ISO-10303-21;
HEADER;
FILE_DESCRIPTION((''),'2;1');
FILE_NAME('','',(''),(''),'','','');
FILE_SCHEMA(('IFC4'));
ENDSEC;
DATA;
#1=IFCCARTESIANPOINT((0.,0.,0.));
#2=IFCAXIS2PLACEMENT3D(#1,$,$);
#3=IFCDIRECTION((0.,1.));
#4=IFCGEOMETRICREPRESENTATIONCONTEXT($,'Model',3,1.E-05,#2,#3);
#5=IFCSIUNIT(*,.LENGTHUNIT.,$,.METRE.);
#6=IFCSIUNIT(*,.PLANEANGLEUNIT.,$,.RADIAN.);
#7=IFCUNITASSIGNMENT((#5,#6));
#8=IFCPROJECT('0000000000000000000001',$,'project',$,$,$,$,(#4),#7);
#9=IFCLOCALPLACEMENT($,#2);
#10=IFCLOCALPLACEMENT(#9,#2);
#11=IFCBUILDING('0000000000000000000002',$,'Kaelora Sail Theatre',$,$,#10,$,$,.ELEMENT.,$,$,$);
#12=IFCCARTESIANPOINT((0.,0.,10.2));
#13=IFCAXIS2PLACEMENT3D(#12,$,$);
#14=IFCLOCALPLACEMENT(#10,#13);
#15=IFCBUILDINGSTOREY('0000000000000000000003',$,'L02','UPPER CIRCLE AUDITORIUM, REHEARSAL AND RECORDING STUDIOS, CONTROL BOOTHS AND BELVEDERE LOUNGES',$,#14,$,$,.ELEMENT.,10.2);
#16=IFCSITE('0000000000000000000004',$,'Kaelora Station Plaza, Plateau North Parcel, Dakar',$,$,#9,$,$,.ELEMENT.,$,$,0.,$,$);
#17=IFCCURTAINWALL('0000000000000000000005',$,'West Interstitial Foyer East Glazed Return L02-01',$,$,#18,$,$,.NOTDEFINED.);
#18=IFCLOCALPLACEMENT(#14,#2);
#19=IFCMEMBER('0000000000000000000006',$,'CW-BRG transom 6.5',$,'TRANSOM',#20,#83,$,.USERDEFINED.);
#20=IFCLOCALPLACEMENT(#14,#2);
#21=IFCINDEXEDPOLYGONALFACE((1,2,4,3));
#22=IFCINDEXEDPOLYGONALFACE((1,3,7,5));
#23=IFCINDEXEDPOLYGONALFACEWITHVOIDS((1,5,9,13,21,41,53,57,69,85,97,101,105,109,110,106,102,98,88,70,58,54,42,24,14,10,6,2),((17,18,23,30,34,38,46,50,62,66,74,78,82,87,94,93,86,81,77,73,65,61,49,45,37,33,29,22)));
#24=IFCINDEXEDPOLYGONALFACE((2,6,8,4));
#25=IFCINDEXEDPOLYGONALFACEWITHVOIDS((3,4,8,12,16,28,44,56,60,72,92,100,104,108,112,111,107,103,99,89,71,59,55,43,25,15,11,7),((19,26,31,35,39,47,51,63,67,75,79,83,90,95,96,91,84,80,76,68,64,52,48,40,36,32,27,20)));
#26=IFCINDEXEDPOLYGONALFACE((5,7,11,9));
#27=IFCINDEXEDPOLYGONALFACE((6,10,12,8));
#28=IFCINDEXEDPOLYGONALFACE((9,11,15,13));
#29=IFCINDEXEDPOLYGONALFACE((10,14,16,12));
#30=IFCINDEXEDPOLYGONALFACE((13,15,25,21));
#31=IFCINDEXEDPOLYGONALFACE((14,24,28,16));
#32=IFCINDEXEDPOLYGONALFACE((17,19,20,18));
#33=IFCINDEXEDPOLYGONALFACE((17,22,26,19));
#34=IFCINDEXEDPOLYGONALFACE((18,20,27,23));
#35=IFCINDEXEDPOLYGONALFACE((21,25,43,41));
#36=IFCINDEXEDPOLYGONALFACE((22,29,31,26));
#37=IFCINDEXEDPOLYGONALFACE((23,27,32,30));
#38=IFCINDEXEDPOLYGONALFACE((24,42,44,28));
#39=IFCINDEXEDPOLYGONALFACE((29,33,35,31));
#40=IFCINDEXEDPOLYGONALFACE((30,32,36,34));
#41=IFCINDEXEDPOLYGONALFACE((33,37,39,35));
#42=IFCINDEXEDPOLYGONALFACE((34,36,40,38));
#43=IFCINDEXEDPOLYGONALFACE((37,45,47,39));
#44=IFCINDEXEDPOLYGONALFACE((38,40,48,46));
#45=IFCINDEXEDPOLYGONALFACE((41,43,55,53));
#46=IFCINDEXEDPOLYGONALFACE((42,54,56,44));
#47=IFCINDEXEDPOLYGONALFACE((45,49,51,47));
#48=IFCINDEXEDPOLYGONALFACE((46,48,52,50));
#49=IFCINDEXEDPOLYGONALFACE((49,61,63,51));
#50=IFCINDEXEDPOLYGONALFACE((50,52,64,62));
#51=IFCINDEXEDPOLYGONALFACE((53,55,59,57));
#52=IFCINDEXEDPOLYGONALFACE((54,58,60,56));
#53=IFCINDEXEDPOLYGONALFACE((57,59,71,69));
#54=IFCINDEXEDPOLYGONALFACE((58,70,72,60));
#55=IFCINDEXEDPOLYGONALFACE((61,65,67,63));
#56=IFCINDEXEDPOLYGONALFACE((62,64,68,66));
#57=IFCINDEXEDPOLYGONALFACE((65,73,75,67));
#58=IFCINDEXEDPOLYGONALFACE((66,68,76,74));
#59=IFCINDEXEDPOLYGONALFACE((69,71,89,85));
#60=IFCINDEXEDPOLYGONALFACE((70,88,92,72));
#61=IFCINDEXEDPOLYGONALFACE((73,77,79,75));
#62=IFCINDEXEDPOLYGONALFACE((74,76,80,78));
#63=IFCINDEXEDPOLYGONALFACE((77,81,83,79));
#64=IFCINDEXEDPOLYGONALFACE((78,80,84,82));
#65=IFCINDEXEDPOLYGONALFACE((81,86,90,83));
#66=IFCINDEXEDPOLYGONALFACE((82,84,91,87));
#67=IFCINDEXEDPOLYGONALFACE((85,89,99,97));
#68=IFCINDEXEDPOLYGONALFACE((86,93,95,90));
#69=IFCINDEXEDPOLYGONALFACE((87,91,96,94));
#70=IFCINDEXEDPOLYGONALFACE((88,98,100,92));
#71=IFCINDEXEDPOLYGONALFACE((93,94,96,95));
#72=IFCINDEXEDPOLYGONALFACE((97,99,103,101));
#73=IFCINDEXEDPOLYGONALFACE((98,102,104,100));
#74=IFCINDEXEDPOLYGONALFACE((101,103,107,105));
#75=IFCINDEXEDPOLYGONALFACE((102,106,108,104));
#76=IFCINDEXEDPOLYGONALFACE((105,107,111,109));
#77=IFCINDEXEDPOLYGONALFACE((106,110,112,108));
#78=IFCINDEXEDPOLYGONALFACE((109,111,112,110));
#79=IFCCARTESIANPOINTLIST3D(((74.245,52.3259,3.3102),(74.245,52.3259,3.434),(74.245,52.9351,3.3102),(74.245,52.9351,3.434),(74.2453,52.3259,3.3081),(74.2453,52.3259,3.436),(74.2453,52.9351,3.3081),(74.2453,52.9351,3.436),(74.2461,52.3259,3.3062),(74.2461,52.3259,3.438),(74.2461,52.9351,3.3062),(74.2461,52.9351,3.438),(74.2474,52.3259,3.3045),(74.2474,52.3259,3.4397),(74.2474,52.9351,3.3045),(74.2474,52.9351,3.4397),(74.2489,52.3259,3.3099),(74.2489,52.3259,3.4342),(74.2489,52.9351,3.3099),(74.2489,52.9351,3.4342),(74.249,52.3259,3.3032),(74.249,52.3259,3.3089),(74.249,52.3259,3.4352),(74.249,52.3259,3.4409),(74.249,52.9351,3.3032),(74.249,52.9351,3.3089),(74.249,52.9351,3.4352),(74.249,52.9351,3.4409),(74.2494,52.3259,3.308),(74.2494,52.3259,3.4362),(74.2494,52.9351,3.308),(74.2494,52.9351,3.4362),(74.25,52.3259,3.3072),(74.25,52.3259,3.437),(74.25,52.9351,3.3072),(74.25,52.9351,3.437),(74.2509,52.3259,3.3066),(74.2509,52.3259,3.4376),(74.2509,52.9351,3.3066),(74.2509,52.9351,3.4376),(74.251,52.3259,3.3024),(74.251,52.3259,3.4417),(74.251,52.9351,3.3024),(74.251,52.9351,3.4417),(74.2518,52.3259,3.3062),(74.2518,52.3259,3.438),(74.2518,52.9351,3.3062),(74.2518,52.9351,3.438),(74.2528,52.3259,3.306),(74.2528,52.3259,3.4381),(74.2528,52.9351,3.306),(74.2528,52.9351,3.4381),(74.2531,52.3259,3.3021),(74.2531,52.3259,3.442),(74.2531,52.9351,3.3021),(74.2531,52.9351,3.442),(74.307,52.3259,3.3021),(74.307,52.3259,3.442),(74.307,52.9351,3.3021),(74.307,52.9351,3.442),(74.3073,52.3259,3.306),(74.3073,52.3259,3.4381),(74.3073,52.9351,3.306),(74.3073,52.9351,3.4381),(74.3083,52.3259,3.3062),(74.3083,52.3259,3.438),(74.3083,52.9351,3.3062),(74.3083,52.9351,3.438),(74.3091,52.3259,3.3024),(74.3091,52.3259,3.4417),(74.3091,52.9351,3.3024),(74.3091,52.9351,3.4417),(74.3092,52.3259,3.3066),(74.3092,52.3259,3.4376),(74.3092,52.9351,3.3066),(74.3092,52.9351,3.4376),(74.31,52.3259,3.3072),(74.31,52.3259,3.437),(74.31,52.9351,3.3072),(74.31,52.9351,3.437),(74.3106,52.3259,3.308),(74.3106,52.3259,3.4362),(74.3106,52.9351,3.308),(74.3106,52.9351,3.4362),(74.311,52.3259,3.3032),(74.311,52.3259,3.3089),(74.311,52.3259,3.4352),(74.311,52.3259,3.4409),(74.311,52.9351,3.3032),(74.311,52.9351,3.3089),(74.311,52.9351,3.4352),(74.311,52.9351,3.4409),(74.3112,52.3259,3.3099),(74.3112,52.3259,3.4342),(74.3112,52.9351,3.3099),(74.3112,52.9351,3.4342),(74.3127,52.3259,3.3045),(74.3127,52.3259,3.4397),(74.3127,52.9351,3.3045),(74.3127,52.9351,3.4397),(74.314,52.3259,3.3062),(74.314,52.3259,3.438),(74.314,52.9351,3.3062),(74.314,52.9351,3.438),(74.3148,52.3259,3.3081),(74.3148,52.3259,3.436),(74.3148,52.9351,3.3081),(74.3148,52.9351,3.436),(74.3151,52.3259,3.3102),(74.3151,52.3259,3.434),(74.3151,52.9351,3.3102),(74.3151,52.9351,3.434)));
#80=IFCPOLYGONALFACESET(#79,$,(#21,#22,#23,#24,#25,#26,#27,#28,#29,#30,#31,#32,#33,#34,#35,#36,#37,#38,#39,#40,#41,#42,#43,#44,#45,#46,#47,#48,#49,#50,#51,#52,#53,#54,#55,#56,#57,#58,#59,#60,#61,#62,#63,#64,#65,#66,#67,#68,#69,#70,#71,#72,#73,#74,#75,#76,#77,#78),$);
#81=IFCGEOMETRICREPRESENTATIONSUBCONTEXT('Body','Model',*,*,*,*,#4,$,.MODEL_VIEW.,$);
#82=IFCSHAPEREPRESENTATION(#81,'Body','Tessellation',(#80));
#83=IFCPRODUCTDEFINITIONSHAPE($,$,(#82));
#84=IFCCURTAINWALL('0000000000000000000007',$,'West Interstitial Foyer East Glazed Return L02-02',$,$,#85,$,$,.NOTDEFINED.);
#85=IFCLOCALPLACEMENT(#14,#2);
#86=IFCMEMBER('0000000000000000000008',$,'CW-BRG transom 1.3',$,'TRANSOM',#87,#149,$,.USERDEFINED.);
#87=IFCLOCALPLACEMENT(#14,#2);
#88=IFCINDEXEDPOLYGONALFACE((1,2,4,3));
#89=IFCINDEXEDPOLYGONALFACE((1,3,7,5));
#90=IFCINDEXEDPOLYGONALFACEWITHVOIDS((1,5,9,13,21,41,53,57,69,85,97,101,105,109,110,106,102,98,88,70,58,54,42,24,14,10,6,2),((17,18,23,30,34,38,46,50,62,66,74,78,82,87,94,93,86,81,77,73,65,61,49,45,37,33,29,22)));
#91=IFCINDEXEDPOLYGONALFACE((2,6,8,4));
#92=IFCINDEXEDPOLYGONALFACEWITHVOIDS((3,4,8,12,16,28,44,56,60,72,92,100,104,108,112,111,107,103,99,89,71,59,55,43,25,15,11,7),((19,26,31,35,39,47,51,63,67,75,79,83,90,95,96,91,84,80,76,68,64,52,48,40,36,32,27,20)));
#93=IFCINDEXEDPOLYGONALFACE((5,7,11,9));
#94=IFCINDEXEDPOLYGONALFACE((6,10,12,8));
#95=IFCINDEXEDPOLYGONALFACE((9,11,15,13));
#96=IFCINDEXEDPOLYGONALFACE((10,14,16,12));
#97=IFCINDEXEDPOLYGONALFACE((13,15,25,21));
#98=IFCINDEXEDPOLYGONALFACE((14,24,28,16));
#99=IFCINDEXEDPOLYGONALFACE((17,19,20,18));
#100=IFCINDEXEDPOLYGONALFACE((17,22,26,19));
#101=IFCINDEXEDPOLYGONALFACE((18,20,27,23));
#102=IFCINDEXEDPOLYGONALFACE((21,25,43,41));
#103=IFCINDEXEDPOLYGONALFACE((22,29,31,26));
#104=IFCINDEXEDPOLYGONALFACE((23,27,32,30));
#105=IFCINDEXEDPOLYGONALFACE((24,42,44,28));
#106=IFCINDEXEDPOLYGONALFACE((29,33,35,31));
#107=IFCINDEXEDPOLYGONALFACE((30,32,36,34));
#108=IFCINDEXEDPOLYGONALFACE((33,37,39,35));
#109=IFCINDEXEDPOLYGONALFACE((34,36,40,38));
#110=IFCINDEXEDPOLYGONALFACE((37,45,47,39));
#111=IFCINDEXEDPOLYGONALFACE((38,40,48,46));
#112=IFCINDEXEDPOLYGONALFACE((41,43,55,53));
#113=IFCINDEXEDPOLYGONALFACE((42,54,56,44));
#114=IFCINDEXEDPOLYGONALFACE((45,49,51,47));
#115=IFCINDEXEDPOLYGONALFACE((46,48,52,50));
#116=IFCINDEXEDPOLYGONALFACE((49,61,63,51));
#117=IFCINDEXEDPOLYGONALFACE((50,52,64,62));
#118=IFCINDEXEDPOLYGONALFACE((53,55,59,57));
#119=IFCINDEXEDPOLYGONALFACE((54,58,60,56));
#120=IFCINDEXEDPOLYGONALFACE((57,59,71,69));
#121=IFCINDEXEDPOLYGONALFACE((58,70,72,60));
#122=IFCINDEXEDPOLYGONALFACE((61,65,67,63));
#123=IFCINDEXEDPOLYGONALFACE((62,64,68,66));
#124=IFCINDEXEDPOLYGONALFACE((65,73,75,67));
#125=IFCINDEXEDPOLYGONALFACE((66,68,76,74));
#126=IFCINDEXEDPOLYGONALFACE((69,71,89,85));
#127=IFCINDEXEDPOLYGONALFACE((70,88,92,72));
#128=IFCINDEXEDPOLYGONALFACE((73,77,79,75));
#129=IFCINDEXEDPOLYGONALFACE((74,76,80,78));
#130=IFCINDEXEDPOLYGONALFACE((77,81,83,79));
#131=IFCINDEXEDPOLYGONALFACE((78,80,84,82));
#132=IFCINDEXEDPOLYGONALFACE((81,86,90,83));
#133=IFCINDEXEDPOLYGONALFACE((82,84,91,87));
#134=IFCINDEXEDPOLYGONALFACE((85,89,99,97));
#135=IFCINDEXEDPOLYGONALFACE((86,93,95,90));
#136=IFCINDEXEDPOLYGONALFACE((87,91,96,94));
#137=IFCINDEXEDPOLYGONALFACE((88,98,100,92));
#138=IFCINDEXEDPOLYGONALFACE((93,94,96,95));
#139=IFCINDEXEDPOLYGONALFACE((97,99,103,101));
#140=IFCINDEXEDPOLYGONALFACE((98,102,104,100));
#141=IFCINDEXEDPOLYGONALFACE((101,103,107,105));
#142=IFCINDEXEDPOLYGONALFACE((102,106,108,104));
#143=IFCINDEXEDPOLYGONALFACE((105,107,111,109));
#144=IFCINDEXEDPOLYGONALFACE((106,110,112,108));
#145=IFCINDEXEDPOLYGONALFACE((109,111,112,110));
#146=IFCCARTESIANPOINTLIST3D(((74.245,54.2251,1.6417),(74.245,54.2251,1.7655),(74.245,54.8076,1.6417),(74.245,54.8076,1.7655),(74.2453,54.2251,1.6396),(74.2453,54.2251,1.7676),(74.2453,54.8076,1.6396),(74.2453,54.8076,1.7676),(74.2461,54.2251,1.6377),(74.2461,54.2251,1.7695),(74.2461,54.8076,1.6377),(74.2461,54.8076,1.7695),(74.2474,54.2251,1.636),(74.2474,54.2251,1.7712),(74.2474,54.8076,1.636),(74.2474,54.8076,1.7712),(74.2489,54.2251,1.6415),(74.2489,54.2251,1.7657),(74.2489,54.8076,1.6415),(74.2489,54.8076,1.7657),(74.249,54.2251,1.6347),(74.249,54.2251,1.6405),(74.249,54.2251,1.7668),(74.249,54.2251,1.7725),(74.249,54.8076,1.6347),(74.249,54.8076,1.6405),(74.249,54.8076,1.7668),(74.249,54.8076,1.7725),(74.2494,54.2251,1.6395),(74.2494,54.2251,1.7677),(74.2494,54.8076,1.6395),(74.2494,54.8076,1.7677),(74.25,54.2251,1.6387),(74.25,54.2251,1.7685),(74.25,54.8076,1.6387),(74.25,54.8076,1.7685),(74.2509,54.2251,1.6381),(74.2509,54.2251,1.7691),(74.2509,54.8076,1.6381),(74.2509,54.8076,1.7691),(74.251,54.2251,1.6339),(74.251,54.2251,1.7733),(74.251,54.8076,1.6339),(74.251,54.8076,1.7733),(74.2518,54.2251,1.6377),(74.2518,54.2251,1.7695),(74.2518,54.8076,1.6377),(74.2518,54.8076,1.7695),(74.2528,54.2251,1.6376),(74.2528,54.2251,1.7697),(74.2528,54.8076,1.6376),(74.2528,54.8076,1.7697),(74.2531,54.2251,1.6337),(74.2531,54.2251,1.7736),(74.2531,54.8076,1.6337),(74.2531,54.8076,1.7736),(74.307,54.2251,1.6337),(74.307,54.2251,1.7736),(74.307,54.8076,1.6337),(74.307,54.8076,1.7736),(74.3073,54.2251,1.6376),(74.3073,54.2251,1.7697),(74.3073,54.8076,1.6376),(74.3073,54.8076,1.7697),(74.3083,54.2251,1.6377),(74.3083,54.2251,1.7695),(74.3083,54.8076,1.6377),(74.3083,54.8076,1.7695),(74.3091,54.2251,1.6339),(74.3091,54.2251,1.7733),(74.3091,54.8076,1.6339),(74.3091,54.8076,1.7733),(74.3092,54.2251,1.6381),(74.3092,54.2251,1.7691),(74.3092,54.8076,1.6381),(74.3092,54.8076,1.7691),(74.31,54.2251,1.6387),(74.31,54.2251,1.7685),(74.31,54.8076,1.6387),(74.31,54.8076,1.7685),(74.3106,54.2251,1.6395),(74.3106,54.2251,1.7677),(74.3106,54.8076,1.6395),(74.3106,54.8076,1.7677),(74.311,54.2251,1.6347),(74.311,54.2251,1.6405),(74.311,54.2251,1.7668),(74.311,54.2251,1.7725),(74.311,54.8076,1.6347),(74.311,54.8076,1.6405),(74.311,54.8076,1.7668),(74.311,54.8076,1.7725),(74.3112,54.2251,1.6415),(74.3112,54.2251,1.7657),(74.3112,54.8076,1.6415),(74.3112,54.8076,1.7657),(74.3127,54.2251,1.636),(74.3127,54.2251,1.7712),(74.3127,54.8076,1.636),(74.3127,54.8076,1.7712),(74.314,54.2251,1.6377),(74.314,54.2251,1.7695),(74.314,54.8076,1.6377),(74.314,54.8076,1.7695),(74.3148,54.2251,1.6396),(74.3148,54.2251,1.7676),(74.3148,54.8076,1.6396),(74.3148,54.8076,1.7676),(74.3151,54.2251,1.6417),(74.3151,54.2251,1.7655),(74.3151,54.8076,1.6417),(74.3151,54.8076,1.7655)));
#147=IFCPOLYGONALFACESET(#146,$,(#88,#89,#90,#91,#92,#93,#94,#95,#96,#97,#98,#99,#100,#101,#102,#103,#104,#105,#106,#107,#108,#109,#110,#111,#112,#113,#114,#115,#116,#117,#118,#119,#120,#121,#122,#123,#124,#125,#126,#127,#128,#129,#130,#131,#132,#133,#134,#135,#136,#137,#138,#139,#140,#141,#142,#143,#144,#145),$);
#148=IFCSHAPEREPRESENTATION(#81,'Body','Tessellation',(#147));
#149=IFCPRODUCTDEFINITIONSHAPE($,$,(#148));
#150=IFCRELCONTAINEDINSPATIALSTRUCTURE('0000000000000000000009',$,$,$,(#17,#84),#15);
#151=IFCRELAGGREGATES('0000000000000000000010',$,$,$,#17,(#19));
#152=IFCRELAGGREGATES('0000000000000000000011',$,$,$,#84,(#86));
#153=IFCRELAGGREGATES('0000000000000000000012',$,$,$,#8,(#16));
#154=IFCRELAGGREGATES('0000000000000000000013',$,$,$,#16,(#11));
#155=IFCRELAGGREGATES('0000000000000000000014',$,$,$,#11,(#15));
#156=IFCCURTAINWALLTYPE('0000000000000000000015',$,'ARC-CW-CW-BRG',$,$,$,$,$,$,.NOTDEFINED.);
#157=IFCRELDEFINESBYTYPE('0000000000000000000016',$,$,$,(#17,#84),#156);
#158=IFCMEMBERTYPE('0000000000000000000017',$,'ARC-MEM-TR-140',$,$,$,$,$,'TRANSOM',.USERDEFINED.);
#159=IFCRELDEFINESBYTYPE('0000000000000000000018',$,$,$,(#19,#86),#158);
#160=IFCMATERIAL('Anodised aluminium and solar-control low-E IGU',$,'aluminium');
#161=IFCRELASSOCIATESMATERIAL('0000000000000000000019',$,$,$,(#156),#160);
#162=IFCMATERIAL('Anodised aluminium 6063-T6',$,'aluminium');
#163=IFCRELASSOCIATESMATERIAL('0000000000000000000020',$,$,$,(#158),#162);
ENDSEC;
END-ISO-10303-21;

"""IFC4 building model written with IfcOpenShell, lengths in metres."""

from ifc_helpers import new_model, si_unit, direction, frame, origin, origin_2d, place, context, subcontext, project, spatial, hollow_rectangle, extrude, material, material_profile, profile_set, type_object, element, aggregate, save


model = new_model("IFC4")

# Units and contexts
model_context = context("Model", 3, precision=1e-05, world=origin(), true_north=direction((0.0, 1.0)))
body_context = subcontext(model_context, "Body", "Model", "MODEL_VIEW")
ifc_project = project(units=[si_unit("LENGTHUNIT", "METRE"), si_unit("PLANEANGLEUNIT", "RADIAN")], contexts=[model_context])

# Site, building, storey
site_placement = place(None, origin())
site = spatial("IfcSite", under=ifc_project, at=site_placement, Name="Kaelora Station Plaza, Plateau North Parcel, Dakar", CompositionType="ELEMENT", RefElevation=0.0)
building_placement = place(site_placement, origin())
building = spatial("IfcBuilding", under=site, at=building_placement, Name="Kaelora Sail Theatre", CompositionType="ELEMENT")
storey_placement = place(building_placement, frame((0.0, 0.0, 10.2)))
storey = spatial("IfcBuildingStorey", under=building, at=storey_placement, Name="L02", Description="UPPER CIRCLE AUDITORIUM, REHEARSAL AND RECORDING STUDIOS, CONTROL BOOTHS AND BELVEDERE LOUNGES", CompositionType="ELEMENT", Elevation=10.2)

# Curtain walls, members
ifc_material_1 = material(Name="Anodised aluminium and solar-control low-E IGU", Category="aluminium")
curtain_wall_type = type_object("IfcCurtainWallType", Name="ARC-CW-CW-BRG", PredefinedType="NOTDEFINED", material=ifc_material_1)
curtain_wall_1_placement = place(storey_placement, origin())
curtain_wall_1 = element("IfcCurtainWall", 1, at=curtain_wall_1_placement, inside=storey, type_object=curtain_wall_type, Name="West Interstitial Foyer East Glazed Return L02-01", PredefinedType="NOTDEFINED")
ifc_material_2 = material(Name="Anodised aluminium 6063-T6", Category="aluminium")
ifc_material_profile_1 = material_profile(ifc_material_2, hollow_rectangle(XDim=0.0701, YDim=0.1399, WallThickness=0.0039, InnerFilletRadius=0.0039, OuterFilletRadius=0.0081, at=origin_2d()), Name="ALU-TRAN 70x140x4")
ifc_profile_set_1 = profile_set([ifc_material_profile_1], Name="Anodised aluminium 6063-T6")
member_type_1 = type_object("IfcMemberType", Name="ARC-MEM-TR-140", ElementType="TRANSOM", PredefinedType="USERDEFINED", material=ifc_profile_set_1)
member_1_placement = place(storey_placement, frame((74.28, 52.3259, 3.3721), z_axis=(0.0, 1.0, 0.0), x_axis=(-1.0, 0.0, 0.0)))
member_1 = element("IfcMember", 2, at=member_1_placement, type_object=member_type_1, Name="CW-BRG transom 6.5", ObjectType="TRANSOM", PredefinedType="USERDEFINED", context=body_context, shape_type="SweptSolid", body=[
    extrude(hollow_rectangle(XDim=0.0701, YDim=0.1399, WallThickness=0.0039, InnerFilletRadius=0.0039, OuterFilletRadius=0.0081, at=origin_2d()), origin(), (0.0, 0.0, 1.0), 0.6091),
])
curtain_wall_2_placement = place(storey_placement, origin())
curtain_wall_2 = element("IfcCurtainWall", 3, at=curtain_wall_2_placement, inside=storey, type_object=curtain_wall_type, Name="West Interstitial Foyer East Glazed Return L02-02", PredefinedType="NOTDEFINED")
member_2_placement = place(storey_placement, frame((74.28, 54.2251, 1.7036), z_axis=(0.0, 1.0, 0.0), x_axis=(-1.0, 0.0, 0.0)))
member_2 = element("IfcMember", 4, at=member_2_placement, type_object=member_type_1, Name="CW-BRG transom 1.3", ObjectType="TRANSOM", PredefinedType="USERDEFINED", context=body_context, shape_type="SweptSolid", body=[
    extrude(hollow_rectangle(XDim=0.0701, YDim=0.1399, WallThickness=0.0039, InnerFilletRadius=0.0039, OuterFilletRadius=0.0081, at=origin_2d()), origin(), (0.0, 0.0, 1.0), 0.5825),
])

aggregate(curtain_wall_1, [member_1])
aggregate(curtain_wall_2, [member_2])

save(model, "model.ifc")
